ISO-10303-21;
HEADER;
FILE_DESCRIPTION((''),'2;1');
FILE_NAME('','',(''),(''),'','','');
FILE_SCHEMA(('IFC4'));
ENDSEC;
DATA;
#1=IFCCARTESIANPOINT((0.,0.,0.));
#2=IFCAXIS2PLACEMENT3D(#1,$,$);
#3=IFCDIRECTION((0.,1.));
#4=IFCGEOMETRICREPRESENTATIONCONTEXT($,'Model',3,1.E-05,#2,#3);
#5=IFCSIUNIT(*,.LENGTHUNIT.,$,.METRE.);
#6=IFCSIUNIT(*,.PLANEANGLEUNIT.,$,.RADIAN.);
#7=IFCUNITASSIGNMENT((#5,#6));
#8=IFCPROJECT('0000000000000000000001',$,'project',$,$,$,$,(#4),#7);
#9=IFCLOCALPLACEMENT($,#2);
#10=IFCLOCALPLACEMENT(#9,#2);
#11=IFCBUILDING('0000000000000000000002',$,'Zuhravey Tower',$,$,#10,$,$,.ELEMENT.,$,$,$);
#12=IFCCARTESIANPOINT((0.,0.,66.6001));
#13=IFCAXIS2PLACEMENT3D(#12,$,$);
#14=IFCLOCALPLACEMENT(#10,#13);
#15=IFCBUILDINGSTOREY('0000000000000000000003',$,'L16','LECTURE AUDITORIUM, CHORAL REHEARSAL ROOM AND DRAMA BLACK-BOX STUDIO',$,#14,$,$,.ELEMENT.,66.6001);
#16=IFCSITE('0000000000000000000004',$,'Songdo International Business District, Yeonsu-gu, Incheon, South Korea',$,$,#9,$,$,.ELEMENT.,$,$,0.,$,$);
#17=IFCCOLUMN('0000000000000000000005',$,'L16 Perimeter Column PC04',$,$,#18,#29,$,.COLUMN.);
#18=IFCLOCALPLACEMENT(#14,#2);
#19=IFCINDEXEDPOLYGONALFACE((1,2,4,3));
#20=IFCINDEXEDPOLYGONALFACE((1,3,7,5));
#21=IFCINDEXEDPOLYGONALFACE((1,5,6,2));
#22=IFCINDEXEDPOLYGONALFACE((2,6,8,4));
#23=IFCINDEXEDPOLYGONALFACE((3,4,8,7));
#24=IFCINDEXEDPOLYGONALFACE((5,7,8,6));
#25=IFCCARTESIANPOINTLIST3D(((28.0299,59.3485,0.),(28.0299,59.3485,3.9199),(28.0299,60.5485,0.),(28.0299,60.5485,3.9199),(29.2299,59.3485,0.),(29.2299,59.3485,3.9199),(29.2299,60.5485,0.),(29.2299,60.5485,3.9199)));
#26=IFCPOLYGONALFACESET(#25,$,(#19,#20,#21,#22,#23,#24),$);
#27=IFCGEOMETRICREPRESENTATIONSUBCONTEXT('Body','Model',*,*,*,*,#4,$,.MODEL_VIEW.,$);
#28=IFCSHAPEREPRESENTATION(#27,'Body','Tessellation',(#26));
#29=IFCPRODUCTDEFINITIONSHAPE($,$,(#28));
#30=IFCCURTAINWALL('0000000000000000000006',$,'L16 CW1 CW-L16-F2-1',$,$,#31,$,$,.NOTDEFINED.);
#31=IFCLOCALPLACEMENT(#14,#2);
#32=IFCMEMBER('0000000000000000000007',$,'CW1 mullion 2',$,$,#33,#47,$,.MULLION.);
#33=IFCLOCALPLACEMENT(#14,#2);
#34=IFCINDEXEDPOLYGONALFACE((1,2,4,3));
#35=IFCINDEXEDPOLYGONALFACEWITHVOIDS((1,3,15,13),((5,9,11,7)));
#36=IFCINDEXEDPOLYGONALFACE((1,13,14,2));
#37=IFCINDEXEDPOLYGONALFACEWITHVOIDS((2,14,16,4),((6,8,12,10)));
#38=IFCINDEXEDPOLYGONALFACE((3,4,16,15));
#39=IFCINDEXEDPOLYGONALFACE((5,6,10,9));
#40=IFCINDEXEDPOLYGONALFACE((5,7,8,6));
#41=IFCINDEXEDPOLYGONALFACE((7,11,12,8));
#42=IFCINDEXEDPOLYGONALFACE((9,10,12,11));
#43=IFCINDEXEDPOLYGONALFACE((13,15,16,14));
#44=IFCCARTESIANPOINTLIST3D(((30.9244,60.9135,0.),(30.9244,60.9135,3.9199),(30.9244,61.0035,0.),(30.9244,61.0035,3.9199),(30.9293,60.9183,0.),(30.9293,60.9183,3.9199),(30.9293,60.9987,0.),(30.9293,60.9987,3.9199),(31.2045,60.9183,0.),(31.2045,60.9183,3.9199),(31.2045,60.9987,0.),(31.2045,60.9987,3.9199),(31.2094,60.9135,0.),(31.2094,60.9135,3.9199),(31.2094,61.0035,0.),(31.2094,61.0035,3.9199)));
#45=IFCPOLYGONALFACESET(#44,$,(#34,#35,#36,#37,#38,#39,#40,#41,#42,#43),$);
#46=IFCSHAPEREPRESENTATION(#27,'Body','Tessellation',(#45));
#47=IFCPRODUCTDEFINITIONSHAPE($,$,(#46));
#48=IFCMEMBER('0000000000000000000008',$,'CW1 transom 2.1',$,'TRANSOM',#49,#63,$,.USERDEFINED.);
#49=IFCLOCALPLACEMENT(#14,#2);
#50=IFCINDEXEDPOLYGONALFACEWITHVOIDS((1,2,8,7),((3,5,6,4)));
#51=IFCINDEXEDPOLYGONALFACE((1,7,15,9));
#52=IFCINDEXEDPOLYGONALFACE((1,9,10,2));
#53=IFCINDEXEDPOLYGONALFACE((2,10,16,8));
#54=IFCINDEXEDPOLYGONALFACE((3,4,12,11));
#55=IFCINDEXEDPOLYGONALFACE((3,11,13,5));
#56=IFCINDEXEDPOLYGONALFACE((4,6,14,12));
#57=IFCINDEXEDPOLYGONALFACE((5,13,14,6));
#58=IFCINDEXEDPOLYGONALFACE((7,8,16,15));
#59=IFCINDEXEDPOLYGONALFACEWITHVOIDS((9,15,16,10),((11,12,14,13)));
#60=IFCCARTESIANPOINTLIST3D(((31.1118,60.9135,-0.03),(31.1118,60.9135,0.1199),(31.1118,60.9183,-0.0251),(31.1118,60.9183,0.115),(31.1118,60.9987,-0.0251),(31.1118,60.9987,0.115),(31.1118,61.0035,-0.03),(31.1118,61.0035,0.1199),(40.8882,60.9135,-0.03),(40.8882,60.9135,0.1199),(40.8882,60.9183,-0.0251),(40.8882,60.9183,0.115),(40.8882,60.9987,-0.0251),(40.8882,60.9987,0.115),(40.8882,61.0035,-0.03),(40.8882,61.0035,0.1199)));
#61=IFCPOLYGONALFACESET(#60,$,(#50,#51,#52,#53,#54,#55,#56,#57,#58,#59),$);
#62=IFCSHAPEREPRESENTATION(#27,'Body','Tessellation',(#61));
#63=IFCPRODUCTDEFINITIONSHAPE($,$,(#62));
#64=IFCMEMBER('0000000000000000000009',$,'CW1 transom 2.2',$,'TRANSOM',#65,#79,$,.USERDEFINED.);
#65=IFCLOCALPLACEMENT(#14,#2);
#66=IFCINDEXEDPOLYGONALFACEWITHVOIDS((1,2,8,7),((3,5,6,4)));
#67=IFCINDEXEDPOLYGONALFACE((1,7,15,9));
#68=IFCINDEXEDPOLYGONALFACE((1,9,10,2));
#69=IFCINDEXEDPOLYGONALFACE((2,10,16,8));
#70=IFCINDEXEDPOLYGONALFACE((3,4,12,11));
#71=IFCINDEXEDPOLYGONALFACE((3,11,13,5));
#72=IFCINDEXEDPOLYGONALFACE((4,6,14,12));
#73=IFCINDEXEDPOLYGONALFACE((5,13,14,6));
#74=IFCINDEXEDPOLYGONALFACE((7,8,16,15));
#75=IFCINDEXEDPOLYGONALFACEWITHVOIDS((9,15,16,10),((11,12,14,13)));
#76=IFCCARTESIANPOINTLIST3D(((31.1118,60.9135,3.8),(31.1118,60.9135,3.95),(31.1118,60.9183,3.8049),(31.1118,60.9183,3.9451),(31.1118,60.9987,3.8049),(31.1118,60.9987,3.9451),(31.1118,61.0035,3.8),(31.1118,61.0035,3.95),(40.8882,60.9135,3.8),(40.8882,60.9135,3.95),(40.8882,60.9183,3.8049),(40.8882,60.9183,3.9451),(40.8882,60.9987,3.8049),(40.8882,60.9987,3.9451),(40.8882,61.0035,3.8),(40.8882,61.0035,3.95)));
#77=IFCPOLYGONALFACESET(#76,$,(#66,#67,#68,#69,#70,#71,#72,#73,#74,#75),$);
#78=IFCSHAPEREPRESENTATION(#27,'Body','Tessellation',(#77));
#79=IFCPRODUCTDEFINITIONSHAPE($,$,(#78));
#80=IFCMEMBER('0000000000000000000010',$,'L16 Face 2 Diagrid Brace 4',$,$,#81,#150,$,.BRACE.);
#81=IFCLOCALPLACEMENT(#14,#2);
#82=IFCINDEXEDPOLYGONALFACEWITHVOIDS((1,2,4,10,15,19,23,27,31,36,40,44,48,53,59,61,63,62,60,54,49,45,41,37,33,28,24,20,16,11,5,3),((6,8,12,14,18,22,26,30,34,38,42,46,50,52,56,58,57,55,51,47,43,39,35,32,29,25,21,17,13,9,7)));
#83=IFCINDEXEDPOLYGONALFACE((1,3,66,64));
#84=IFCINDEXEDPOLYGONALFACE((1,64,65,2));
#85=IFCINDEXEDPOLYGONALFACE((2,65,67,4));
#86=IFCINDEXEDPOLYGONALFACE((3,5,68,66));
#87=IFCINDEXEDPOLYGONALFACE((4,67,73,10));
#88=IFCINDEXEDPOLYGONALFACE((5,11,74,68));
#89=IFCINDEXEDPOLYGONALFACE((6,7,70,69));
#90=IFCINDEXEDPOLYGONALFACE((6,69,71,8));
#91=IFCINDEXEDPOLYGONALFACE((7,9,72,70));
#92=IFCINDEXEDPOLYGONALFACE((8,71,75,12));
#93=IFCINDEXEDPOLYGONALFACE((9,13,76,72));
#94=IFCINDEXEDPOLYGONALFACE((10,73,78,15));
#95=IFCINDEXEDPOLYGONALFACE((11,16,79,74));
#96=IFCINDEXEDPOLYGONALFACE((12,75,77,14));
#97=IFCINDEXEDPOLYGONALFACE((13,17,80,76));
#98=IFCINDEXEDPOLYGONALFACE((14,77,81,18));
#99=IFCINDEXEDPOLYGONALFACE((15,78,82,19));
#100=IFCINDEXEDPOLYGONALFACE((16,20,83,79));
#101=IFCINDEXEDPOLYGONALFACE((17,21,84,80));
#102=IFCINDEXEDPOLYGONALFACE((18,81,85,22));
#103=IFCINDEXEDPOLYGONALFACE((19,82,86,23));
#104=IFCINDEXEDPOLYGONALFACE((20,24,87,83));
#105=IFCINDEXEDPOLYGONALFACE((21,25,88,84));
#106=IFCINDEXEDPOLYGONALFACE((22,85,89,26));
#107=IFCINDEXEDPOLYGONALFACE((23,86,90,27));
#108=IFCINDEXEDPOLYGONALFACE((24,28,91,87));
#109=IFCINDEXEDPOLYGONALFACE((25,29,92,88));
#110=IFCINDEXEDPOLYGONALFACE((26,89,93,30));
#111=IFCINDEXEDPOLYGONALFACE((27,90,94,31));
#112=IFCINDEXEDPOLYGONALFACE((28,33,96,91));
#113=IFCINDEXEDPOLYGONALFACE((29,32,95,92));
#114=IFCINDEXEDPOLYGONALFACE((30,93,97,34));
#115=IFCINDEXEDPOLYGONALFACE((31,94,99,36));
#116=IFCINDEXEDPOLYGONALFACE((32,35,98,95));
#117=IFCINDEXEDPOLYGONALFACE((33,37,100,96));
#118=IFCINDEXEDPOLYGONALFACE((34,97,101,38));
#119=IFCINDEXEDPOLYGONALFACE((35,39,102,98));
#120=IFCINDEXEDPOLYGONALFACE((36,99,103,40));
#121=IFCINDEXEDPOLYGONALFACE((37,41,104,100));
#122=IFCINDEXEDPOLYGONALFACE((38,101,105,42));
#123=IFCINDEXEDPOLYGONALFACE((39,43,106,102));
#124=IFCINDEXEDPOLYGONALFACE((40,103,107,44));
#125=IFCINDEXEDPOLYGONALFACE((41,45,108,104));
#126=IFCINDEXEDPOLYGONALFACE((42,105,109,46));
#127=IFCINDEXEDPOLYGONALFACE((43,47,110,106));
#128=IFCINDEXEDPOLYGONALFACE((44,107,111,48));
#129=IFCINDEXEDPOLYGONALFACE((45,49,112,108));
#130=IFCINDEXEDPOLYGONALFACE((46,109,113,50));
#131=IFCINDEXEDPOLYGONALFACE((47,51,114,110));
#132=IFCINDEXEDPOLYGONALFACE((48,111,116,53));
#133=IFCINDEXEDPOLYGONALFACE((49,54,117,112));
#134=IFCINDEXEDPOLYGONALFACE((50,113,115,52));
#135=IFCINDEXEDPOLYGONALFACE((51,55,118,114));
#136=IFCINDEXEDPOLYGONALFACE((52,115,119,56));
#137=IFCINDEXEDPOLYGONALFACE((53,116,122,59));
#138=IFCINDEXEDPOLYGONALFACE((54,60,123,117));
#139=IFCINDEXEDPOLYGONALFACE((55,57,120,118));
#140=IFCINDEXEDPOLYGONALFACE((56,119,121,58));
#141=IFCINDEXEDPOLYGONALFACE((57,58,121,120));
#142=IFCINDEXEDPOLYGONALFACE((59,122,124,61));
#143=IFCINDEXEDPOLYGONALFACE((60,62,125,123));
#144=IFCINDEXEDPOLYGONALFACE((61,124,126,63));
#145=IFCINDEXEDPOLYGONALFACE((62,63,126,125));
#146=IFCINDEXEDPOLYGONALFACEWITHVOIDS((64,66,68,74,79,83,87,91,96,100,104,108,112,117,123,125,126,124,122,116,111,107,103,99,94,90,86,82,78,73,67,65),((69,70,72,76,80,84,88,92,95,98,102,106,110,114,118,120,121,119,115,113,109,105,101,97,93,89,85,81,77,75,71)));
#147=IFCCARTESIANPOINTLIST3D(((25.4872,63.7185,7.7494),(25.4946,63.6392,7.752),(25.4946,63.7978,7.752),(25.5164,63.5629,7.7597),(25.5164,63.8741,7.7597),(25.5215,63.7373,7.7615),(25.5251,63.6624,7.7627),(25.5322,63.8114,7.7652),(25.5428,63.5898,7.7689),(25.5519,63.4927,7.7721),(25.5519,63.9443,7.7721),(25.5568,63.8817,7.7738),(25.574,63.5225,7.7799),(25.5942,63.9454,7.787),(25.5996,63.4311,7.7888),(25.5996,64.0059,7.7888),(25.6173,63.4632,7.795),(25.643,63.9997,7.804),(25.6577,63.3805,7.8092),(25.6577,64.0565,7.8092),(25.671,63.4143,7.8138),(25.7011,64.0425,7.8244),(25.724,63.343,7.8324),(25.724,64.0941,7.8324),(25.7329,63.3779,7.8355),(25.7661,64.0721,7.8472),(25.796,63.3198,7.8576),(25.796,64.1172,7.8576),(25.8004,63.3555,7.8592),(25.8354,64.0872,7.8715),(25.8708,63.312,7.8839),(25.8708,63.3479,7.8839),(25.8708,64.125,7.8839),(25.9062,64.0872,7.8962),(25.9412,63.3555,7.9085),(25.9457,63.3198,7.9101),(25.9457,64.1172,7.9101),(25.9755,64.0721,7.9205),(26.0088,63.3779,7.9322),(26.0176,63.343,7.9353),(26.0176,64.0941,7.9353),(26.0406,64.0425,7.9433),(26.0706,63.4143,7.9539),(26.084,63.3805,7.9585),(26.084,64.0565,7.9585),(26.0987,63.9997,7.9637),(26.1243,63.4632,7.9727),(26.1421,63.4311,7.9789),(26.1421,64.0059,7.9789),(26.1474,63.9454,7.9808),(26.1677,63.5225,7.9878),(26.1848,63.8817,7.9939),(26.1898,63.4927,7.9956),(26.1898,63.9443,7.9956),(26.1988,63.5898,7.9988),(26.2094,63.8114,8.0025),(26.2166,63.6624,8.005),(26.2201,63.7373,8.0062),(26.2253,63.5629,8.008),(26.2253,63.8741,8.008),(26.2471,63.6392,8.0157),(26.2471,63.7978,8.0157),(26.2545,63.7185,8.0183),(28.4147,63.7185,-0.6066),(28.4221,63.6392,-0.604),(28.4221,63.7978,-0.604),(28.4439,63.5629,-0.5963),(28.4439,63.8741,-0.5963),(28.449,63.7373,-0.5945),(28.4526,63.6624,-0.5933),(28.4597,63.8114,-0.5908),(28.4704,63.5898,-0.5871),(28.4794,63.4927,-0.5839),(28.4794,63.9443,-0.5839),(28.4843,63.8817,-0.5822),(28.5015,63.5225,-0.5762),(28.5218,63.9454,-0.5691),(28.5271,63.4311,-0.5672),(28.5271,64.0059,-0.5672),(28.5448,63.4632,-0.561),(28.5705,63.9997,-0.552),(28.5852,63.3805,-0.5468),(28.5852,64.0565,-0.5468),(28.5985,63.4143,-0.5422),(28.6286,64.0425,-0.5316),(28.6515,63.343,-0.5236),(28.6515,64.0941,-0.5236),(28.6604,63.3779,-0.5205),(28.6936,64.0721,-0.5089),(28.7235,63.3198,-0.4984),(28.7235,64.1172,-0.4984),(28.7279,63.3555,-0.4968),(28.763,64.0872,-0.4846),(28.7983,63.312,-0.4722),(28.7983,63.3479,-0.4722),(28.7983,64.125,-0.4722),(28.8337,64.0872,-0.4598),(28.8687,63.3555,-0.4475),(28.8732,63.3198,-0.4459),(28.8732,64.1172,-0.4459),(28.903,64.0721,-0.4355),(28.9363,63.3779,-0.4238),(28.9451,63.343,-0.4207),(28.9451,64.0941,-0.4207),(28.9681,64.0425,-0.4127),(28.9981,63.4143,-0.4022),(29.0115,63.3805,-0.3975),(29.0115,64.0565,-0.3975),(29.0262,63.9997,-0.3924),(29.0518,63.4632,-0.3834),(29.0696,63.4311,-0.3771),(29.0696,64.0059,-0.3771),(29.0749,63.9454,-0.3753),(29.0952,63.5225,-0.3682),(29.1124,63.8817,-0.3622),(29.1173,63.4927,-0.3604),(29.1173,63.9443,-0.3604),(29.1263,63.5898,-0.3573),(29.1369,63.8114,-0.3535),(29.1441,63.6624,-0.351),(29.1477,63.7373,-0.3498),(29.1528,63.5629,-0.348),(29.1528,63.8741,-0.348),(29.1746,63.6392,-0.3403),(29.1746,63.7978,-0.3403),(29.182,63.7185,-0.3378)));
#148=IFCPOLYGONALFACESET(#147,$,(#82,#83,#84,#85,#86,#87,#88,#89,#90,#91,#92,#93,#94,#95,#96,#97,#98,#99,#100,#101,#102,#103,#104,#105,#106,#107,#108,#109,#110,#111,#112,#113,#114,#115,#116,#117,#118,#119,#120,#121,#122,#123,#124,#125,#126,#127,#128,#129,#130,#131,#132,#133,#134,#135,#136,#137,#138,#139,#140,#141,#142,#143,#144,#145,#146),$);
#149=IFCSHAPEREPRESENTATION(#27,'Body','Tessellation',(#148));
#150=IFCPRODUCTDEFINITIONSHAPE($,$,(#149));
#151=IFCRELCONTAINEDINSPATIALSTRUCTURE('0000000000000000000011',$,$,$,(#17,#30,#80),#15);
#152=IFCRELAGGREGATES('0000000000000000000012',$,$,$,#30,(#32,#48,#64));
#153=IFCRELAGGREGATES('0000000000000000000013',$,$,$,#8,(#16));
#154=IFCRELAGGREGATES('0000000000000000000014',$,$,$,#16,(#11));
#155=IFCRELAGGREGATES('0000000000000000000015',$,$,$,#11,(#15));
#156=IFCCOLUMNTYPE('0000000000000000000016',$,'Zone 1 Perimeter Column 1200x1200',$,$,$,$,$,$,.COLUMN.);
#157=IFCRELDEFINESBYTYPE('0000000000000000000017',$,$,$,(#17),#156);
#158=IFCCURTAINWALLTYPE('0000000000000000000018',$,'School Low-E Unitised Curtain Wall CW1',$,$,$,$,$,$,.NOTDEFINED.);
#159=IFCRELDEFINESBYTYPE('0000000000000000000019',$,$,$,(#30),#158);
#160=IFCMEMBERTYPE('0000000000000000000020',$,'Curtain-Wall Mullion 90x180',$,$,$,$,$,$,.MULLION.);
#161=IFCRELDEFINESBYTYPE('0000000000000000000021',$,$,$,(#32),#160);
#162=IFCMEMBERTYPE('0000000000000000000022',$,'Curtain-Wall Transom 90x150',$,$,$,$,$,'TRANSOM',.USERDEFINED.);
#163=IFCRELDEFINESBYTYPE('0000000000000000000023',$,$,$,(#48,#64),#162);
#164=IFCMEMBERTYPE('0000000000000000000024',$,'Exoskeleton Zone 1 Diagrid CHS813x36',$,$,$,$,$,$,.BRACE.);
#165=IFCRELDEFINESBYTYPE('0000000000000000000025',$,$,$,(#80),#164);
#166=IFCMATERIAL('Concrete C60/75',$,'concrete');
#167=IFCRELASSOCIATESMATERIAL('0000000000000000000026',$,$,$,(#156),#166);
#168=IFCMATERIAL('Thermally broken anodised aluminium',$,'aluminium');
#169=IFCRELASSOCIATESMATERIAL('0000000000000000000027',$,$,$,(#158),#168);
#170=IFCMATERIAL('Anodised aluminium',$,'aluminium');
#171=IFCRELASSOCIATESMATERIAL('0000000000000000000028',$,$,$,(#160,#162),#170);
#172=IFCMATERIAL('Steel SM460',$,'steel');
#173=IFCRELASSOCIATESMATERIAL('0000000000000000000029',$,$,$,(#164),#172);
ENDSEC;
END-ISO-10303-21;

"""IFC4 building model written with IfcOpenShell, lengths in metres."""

from ifc_helpers import new_model, si_unit, direction, frame, origin, origin_2d, place, context, subcontext, project, spatial, rectangle, hollow_rectangle, hollow_circle, extrude, material, material_profile, profile_set, type_object, element, aggregate, save


model = new_model("IFC4")

# Units and contexts
model_context = context("Model", 3, precision=1e-05, world=origin(), true_north=direction((0.0, 1.0)))
body_context = subcontext(model_context, "Body", "Model", "MODEL_VIEW")
ifc_project = project(units=[si_unit("LENGTHUNIT", "METRE"), si_unit("PLANEANGLEUNIT", "RADIAN")], contexts=[model_context])

# Site, building, storey
site_placement = place(None, origin())
site = spatial("IfcSite", under=ifc_project, at=site_placement, Name="Songdo International Business District, Yeonsu-gu, Incheon, South Korea", CompositionType="ELEMENT", RefElevation=0.0)
building_placement = place(site_placement, origin())
building = spatial("IfcBuilding", under=site, at=building_placement, Name="Zuhravey Tower", CompositionType="ELEMENT")
storey_placement = place(building_placement, frame((0.0, 0.0, 66.6001)))
storey = spatial("IfcBuildingStorey", under=building, at=storey_placement, Name="L16", Description="LECTURE AUDITORIUM, CHORAL REHEARSAL ROOM AND DRAMA BLACK-BOX STUDIO", CompositionType="ELEMENT", Elevation=66.6001)

# Column
ifc_material_1 = material(Name="Concrete C60/75", Category="concrete")
ifc_material_profile_1 = material_profile(ifc_material_1, rectangle(XDim=1.2, YDim=1.2, at=origin_2d()), Name="RC-1200x1200")
ifc_profile_set_1 = profile_set([ifc_material_profile_1], Name="Concrete C60/75")
column_type = type_object("IfcColumnType", Name="Zone 1 Perimeter Column 1200x1200", PredefinedType="COLUMN", material=ifc_profile_set_1)
column_placement = place(storey_placement, frame((28.6299, 59.9485, 0.0), z_axis=(0.0, 0.0, 1.0), x_axis=(-1.0, 0.0, 0.0)))
element("IfcColumn", 1, at=column_placement, inside=storey, type_object=column_type, Name="L16 Perimeter Column PC04", PredefinedType="COLUMN", context=body_context, shape_type="SweptSolid", body=[
    extrude(rectangle(XDim=1.2, YDim=1.2, at=origin_2d()), origin(), (0.0, 0.0, 1.0), 3.9199),
])

# Curtain wall, members
ifc_material_2 = material(Name="Thermally broken anodised aluminium", Category="aluminium")
curtain_wall_type = type_object("IfcCurtainWallType", Name="School Low-E Unitised Curtain Wall CW1", PredefinedType="NOTDEFINED", material=ifc_material_2)
curtain_wall_placement = place(storey_placement, origin())
curtain_wall = element("IfcCurtainWall", 2, at=curtain_wall_placement, inside=storey, type_object=curtain_wall_type, Name="L16 CW1 CW-L16-F2-1", PredefinedType="NOTDEFINED")
ifc_material_3 = material(Name="Anodised aluminium", Category="aluminium")
ifc_material_profile_2 = material_profile(ifc_material_3, hollow_rectangle(XDim=0.0901, YDim=0.2849, WallThickness=0.0049, at=origin_2d()), Name="ALU-RHS-90x285x5")
ifc_profile_set_2 = profile_set([ifc_material_profile_2], Name="Anodised aluminium")
member_type_1 = type_object("IfcMemberType", Name="Curtain-Wall Mullion 90x180", PredefinedType="MULLION", material=ifc_profile_set_2)
member_1_placement = place(storey_placement, frame((31.0669, 60.9585, 0.0), z_axis=(0.0, 0.0, 1.0), x_axis=(0.0, 1.0, 0.0)))
member_1 = element("IfcMember", 3, at=member_1_placement, type_object=member_type_1, Name="CW1 mullion 2", PredefinedType="MULLION", context=body_context, shape_type="SweptSolid", body=[
    extrude(hollow_rectangle(XDim=0.0901, YDim=0.2849, WallThickness=0.0049, at=origin_2d()), origin(), (0.0, 0.0, 1.0), 3.9199),
])
ifc_material_profile_3 = material_profile(ifc_material_3, hollow_rectangle(XDim=0.0901, YDim=0.1499, WallThickness=0.0049, at=origin_2d()), Name="ALU-RHS-90x150x5")
ifc_profile_set_3 = profile_set([ifc_material_profile_3], Name="Anodised aluminium")
member_type_2 = type_object("IfcMemberType", Name="Curtain-Wall Transom 90x150", ElementType="TRANSOM", PredefinedType="USERDEFINED", material=ifc_profile_set_3)
member_2_placement = place(storey_placement, frame((31.1118, 60.9585, 0.0449), z_axis=(1.0, 0.0, 0.0), x_axis=(0.0, 1.0, 0.0)))
member_2 = element("IfcMember", 4, at=member_2_placement, type_object=member_type_2, Name="CW1 transom 2.1", ObjectType="TRANSOM", PredefinedType="USERDEFINED", context=body_context, shape_type="SweptSolid", body=[
    extrude(hollow_rectangle(XDim=0.0901, YDim=0.1499, WallThickness=0.0049, at=origin_2d()), origin(), (0.0, 0.0, 1.0), 9.7764),
])
member_3_placement = place(storey_placement, frame((31.1118, 60.9585, 3.875), z_axis=(1.0, 0.0, 0.0), x_axis=(0.0, 1.0, 0.0)))
member_3 = element("IfcMember", 5, at=member_3_placement, type_object=member_type_2, Name="CW1 transom 2.2", ObjectType="TRANSOM", PredefinedType="USERDEFINED", context=body_context, shape_type="SweptSolid", body=[
    extrude(hollow_rectangle(XDim=0.0901, YDim=0.1499, WallThickness=0.0049, at=origin_2d()), origin(), (0.0, 0.0, 1.0), 9.7764),
])

# Member
ifc_material_4 = material(Name="Steel SM460", Category="steel")
ifc_material_profile_4 = material_profile(ifc_material_4, hollow_circle(Radius=0.4065, WallThickness=0.0359, at=origin_2d()), Name="CHS-812.8x36")
ifc_profile_set_4 = profile_set([ifc_material_profile_4], Name="Steel SM460")
member_type_3 = type_object("IfcMemberType", Name="Exoskeleton Zone 1 Diagrid CHS813x36", PredefinedType="BRACE", material=ifc_profile_set_4)
member_4_placement = place(storey_placement, frame((28.7983, 63.7185, -0.4722), z_axis=(-0.330643, 0.0, 0.943756), x_axis=(0.0, -1.0, 0.0)))
element("IfcMember", 6, at=member_4_placement, inside=storey, type_object=member_type_3, Name="L16 Face 2 Diagrid Brace 4", PredefinedType="BRACE", context=body_context, shape_type="SweptSolid", body=[
    extrude(hollow_circle(Radius=0.4065, WallThickness=0.0359, at=origin_2d()), origin(), (0.0, 0.0, 1.0), 8.854),
])

aggregate(curtain_wall, [member_1, member_2, member_3])

save(model, "model.ifc")
